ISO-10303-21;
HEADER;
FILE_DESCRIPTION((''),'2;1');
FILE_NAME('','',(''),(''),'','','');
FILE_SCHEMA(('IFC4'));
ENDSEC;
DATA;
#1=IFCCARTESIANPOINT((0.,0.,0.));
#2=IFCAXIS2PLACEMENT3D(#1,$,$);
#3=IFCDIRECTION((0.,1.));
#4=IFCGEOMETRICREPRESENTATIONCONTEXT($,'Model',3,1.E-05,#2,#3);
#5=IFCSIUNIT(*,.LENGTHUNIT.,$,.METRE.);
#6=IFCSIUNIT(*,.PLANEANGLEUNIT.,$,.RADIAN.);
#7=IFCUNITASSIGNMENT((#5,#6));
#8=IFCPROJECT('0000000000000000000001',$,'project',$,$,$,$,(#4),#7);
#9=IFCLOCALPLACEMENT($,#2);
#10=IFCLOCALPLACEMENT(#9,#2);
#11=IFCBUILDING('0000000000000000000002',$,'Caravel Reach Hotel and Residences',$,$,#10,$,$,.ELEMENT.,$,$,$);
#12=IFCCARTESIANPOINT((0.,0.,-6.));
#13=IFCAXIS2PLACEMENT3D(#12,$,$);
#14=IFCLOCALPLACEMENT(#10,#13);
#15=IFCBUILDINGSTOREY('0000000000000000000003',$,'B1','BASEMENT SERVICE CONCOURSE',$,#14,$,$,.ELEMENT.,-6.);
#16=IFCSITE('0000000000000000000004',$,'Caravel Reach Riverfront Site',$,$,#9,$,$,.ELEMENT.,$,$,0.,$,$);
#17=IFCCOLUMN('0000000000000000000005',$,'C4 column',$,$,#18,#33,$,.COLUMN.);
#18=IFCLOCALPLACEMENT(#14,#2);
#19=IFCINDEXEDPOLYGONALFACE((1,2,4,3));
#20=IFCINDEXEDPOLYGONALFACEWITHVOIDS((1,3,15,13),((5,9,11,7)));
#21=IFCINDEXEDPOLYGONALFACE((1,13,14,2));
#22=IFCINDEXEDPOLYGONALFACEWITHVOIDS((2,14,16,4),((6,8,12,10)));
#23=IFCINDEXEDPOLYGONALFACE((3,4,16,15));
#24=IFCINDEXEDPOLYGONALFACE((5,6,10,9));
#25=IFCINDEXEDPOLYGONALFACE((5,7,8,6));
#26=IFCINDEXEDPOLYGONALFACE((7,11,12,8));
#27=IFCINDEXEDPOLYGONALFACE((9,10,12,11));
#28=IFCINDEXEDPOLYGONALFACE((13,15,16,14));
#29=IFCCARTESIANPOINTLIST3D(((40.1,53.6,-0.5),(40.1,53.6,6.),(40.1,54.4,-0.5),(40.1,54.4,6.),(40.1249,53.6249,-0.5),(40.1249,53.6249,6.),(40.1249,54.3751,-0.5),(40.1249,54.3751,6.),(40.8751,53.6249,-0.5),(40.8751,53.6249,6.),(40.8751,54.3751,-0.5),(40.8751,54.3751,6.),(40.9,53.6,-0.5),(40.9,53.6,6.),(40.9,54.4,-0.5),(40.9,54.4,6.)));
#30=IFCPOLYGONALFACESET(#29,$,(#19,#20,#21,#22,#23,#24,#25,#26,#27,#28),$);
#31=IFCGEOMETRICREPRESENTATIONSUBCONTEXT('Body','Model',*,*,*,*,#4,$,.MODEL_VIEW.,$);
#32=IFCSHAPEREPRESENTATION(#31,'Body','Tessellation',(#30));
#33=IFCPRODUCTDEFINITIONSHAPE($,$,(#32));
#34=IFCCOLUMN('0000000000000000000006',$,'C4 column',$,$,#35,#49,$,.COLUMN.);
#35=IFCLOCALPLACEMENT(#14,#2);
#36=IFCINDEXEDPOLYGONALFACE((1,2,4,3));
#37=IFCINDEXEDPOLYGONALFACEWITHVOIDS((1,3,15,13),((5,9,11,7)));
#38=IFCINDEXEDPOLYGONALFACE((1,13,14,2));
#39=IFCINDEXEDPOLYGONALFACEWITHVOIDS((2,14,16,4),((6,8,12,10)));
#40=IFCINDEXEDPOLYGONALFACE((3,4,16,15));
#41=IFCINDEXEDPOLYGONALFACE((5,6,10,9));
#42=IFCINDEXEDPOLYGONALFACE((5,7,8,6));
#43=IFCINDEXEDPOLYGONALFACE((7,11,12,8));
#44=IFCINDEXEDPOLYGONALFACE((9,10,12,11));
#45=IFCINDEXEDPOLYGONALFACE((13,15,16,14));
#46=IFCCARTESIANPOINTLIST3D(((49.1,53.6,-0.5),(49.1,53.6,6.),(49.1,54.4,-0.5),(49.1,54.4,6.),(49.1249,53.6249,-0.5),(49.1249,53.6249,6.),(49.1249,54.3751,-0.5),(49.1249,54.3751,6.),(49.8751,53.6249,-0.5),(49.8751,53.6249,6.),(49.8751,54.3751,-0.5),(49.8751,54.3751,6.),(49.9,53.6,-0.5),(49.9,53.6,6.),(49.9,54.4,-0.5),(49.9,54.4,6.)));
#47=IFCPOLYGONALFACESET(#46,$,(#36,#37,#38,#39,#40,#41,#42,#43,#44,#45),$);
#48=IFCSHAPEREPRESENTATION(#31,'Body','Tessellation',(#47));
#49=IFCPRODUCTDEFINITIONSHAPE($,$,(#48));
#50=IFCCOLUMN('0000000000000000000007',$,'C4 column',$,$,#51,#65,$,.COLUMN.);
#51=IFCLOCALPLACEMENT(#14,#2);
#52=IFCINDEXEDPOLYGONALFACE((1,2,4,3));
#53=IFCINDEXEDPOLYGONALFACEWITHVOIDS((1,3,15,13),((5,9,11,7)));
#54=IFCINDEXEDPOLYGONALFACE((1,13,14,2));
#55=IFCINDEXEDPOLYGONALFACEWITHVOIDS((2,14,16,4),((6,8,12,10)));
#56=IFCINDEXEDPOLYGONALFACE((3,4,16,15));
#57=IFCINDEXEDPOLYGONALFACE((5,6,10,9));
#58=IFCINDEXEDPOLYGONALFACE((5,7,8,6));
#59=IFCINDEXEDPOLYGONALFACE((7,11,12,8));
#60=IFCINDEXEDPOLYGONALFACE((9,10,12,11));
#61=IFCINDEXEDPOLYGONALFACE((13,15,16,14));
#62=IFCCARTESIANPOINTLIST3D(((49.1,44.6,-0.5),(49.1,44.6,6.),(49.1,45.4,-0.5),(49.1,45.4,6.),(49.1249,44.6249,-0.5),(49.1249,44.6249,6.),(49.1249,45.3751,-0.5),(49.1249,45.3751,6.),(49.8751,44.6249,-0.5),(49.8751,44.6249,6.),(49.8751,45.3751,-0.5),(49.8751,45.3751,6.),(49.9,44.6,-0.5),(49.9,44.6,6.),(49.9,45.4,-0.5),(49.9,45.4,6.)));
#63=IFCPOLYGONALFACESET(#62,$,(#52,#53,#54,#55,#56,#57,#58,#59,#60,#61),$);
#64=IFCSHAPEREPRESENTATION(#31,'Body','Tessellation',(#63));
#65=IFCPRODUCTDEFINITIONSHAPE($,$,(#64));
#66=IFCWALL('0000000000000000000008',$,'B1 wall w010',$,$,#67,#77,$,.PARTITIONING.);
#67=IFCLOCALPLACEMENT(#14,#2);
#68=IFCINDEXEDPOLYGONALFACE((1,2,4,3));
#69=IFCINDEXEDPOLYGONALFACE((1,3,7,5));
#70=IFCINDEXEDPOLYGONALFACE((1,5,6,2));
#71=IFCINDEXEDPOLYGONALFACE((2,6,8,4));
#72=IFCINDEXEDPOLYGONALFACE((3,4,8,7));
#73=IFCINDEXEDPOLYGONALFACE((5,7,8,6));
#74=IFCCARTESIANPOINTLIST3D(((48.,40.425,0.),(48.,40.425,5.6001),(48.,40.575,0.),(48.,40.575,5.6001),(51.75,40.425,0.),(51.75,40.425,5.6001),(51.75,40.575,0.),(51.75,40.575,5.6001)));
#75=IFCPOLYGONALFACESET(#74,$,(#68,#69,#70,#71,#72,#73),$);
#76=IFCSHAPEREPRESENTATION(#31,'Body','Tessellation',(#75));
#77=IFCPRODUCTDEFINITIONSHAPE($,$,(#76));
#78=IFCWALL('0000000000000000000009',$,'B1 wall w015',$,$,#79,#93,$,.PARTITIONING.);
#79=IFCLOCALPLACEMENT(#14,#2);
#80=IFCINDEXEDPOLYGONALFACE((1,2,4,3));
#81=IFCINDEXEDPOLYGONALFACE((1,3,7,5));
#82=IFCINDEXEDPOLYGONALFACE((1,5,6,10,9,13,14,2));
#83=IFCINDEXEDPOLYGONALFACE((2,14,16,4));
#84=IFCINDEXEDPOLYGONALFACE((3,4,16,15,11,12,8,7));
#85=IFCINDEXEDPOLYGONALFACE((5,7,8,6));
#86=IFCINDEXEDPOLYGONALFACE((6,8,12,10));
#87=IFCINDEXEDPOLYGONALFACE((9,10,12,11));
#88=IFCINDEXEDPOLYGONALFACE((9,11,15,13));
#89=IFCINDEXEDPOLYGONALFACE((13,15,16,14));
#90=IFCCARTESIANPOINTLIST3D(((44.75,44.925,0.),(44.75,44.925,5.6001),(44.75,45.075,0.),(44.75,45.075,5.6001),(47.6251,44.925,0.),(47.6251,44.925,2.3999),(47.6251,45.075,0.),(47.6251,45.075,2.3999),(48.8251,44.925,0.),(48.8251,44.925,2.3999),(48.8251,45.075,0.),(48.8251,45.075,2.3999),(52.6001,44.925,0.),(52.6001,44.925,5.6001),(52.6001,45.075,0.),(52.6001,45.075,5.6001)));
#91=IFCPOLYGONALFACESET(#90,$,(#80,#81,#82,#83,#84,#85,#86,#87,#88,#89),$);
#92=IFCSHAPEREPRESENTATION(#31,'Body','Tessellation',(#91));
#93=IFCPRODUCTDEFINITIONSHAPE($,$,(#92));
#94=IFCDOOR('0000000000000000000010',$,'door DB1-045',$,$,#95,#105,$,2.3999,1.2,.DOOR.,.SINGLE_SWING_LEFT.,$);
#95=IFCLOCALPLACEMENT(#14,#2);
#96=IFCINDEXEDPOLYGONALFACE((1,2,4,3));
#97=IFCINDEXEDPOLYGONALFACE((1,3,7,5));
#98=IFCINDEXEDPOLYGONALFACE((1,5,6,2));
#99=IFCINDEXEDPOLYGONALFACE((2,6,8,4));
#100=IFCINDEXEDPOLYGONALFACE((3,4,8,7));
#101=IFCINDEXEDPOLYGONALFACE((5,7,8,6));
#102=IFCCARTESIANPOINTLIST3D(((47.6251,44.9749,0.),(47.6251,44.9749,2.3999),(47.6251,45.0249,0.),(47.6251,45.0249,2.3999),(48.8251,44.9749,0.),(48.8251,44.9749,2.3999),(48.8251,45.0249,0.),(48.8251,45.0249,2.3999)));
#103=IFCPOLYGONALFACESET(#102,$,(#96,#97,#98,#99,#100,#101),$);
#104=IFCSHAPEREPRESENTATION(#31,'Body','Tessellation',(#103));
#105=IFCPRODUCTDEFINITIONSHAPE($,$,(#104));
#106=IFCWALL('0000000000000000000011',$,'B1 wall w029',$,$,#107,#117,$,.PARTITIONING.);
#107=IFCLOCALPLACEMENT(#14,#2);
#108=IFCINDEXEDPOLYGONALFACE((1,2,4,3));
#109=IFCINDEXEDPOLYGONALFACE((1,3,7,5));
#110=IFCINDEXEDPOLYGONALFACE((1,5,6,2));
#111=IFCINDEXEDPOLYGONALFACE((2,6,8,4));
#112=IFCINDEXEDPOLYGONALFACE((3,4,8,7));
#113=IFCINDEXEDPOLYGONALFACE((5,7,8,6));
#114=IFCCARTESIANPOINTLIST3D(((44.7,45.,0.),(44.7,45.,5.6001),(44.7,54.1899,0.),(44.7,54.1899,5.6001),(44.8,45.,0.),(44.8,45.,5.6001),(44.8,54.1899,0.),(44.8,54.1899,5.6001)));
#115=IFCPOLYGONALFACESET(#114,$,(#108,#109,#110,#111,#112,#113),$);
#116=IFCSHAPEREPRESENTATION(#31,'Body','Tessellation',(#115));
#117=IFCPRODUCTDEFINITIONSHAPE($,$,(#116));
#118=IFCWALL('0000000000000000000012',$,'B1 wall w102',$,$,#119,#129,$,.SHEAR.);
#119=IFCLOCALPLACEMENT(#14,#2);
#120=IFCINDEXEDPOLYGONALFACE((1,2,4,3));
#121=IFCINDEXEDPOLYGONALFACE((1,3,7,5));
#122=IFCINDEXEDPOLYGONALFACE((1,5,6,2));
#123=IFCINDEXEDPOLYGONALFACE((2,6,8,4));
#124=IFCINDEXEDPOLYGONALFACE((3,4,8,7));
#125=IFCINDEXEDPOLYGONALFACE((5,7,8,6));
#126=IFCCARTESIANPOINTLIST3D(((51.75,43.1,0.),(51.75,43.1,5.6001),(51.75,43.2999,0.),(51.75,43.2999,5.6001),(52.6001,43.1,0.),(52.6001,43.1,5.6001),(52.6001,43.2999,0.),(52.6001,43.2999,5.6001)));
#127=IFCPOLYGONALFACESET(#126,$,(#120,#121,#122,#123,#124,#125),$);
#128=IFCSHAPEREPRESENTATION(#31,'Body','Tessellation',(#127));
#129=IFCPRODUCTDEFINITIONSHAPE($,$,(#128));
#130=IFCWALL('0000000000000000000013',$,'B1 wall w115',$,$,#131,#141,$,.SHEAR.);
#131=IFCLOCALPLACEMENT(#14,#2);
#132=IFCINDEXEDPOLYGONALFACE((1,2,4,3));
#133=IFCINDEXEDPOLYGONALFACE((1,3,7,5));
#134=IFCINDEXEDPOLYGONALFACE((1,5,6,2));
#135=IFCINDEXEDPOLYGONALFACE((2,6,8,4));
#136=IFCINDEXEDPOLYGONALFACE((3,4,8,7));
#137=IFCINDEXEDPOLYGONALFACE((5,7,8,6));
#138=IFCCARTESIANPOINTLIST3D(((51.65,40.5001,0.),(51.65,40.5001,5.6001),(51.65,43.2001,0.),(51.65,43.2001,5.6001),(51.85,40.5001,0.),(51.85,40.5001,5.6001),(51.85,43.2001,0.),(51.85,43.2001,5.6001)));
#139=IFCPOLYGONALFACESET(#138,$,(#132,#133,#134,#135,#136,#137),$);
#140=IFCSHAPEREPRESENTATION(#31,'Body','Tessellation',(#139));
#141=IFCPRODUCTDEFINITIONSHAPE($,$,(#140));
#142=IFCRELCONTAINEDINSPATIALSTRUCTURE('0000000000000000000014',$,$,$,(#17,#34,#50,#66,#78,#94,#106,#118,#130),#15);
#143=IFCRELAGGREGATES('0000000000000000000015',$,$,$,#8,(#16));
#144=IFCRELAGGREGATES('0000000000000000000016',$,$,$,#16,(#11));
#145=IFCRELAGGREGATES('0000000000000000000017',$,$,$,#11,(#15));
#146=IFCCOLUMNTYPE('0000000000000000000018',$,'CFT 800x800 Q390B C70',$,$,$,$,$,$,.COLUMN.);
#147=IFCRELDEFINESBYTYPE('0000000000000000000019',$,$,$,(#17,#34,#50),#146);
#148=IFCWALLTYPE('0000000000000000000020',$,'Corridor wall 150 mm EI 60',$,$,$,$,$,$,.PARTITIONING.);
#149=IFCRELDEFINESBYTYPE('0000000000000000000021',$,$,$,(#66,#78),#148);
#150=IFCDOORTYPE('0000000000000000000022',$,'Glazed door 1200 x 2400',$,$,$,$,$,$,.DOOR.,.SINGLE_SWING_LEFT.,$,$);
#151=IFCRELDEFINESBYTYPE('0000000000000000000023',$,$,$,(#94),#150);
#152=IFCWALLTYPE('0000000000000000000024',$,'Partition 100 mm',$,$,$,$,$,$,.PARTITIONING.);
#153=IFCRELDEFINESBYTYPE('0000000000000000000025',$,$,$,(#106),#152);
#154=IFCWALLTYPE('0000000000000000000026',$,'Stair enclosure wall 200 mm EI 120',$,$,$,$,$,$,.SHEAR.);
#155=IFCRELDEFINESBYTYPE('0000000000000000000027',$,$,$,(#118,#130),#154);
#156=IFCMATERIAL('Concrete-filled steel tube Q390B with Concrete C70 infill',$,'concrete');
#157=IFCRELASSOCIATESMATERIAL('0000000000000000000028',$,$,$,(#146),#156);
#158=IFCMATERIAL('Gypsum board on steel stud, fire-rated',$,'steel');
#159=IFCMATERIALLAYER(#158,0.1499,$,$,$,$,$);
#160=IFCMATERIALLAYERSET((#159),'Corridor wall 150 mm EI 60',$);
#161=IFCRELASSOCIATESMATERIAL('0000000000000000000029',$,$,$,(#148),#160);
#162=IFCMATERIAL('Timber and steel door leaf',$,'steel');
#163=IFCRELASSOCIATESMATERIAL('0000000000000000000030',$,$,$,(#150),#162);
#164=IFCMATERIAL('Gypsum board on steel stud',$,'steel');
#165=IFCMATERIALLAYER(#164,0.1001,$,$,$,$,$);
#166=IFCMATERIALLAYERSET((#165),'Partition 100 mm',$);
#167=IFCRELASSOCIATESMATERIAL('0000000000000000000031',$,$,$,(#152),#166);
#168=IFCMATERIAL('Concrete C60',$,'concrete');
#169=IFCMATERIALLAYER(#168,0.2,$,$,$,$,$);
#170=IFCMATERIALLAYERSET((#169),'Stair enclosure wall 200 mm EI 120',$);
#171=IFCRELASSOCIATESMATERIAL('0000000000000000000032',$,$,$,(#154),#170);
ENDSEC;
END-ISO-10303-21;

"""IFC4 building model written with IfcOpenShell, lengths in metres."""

from ifc_helpers import new_model, si_unit, direction, frame, frame_2d, origin, origin_2d, place, context, subcontext, project, spatial, rectangle, hollow_rectangle, extrude, material, layer, layer_set, material_profile, profile_set, type_object, element, fill, save


model = new_model("IFC4")

# Units and contexts
model_context = context("Model", 3, precision=1e-05, world=origin(), true_north=direction((0.0, 1.0)))
body_context = subcontext(model_context, "Body", "Model", "MODEL_VIEW")
ifc_project = project(units=[si_unit("LENGTHUNIT", "METRE"), si_unit("PLANEANGLEUNIT", "RADIAN")], contexts=[model_context])

# Site, building, storey
site_placement = place(None, origin())
site = spatial("IfcSite", under=ifc_project, at=site_placement, Name="Caravel Reach Riverfront Site", CompositionType="ELEMENT", RefElevation=0.0)
building_placement = place(site_placement, origin())
building = spatial("IfcBuilding", under=site, at=building_placement, Name="Caravel Reach Hotel and Residences", CompositionType="ELEMENT")
storey_placement = place(building_placement, frame((0.0, 0.0, -6.0)))
storey = spatial("IfcBuildingStorey", under=building, at=storey_placement, Name="B1", Description="BASEMENT SERVICE CONCOURSE", CompositionType="ELEMENT", Elevation=-6.0)

# Columns
ifc_material_1 = material(Name="Concrete-filled steel tube Q390B with Concrete C70 infill", Category="concrete")
ifc_material_profile_1 = material_profile(ifc_material_1, hollow_rectangle(XDim=0.8, YDim=0.8, WallThickness=0.0249, at=origin_2d()), Name="RHS 800x800x25")
ifc_profile_set_1 = profile_set([ifc_material_profile_1], Name="Concrete-filled steel tube Q390B with Concrete C70 infill")
column_type_1 = type_object("IfcColumnType", Name="CFT 800x800 Q390B C70", PredefinedType="COLUMN", material=ifc_profile_set_1)
for number, where, z_axis, x_axis, name in (
    (1, (40.5, 54.0, -0.5), (0.0, 0.0, 1.0), (1.0, 0.0, 0.0), "C4 column"),
    (2, (49.5, 54.0, -0.5), (0.0, 0.0, 1.0), (1.0, 0.0, 0.0), "C4 column"),
    (3, (49.5, 45.0, -0.5), (0.0, 0.0, 1.0), (1.0, 0.0, 0.0), "C4 column"),
):
    element("IfcColumn", number, at=place(storey_placement, frame(where, z_axis=z_axis, x_axis=x_axis)), inside=storey, type_object=column_type_1, Name=name, PredefinedType="COLUMN", context=body_context, shape_type="SweptSolid", body=[
        extrude(hollow_rectangle(XDim=0.8, YDim=0.8, WallThickness=0.0249, at=origin_2d()), origin(), (0.0, 0.0, 1.0), 6.5),
    ])

# Wall
ifc_material_2 = material(Name="Gypsum board on steel stud, fire-rated", Category="steel")
ifc_layer_1 = layer(ifc_material_2, 0.1499)
ifc_layer_set_1 = layer_set([ifc_layer_1], Name="Corridor wall 150 mm EI 60")
wall_type_1 = type_object("IfcWallType", Name="Corridor wall 150 mm EI 60", PredefinedType="PARTITIONING", material=ifc_layer_set_1)
wall_1_placement = place(storey_placement, frame((48.0, 40.5, 0.0), z_axis=(0.0, 0.0, 1.0), x_axis=(1.0, 0.0, 0.0)))
element("IfcWall", 4, at=wall_1_placement, inside=storey, type_object=wall_type_1, Name="B1 wall w010", PredefinedType="PARTITIONING", context=body_context, shape_type="SweptSolid", body=[
    extrude(rectangle(XDim=3.75, YDim=0.1499, at=frame_2d((1.875, 0.0))), origin(), (0.0, 0.0, 1.0), 5.6001),
])

# Wall, opening, door
wall_2_placement = place(storey_placement, frame((44.75, 45.0, 0.0), z_axis=(0.0, 0.0, 1.0), x_axis=(1.0, 0.0, 0.0)))
wall_2 = element("IfcWall", 5, at=wall_2_placement, inside=storey, type_object=wall_type_1, Name="B1 wall w015", PredefinedType="PARTITIONING", context=body_context, shape_type="SweptSolid", body=[
    extrude(rectangle(XDim=7.8501, YDim=0.1499, at=frame_2d((3.925, 0.0))), origin(), (0.0, 0.0, 1.0), 5.6001),
])
opening_placement = place(wall_2_placement, frame((2.875, 0.0, 0.0)))
opening = element("IfcOpeningElement", 6, at=opening_placement, cuts=wall_2, PredefinedType="OPENING", context=body_context, shape_type="SweptSolid", body=[
    extrude(rectangle(XDim=1.2, YDim=2.3999, at=frame_2d((0.6001, 1.2))), frame((0.0, 0.085, 0.0), z_axis=(0.0, -1.0, 0.0), x_axis=(1.0, 0.0, 0.0)), (0.0, 0.0, 1.0), 0.1699),
])
ifc_material_3 = material(Name="Timber and steel door leaf", Category="steel")
door_type = type_object("IfcDoorType", Name="Glazed door 1200 x 2400", OperationType="SINGLE_SWING_LEFT", PredefinedType="DOOR", material=ifc_material_3)
door_placement = place(opening_placement, origin())
door = element("IfcDoor", 7, at=door_placement, inside=storey, type_object=door_type, Name="door DB1-045", OperationType="SINGLE_SWING_LEFT", OverallHeight=2.3999, OverallWidth=1.2, PredefinedType="DOOR", context=body_context, shape_type="SweptSolid", body=[
    extrude(rectangle(XDim=1.2, YDim=2.3999, at=frame_2d((0.6001, 1.2))), frame((0.0, 0.0249, 0.0), z_axis=(0.0, -1.0, 0.0), x_axis=(1.0, 0.0, 0.0)), (0.0, 0.0, 1.0), 0.05),
])
fill(opening, door)

# Walls
ifc_material_4 = material(Name="Gypsum board on steel stud", Category="steel")
ifc_layer_2 = layer(ifc_material_4, 0.1001)
ifc_layer_set_2 = layer_set([ifc_layer_2], Name="Partition 100 mm")
wall_type_2 = type_object("IfcWallType", Name="Partition 100 mm", PredefinedType="PARTITIONING", material=ifc_layer_set_2)
wall_3_placement = place(storey_placement, frame((44.75, 45.0, 0.0), z_axis=(0.0, 0.0, 1.0), x_axis=(0.0, 1.0, 0.0)))
element("IfcWall", 8, at=wall_3_placement, inside=storey, type_object=wall_type_2, Name="B1 wall w029", PredefinedType="PARTITIONING", context=body_context, shape_type="SweptSolid", body=[
    extrude(rectangle(XDim=9.1899, YDim=0.1001, at=frame_2d((4.595, 0.0))), origin(), (0.0, 0.0, 1.0), 5.6001),
])
ifc_material_5 = material(Name="Concrete C60", Category="concrete")
ifc_layer_3 = layer(ifc_material_5, 0.2)
ifc_layer_set_3 = layer_set([ifc_layer_3], Name="Stair enclosure wall 200 mm EI 120")
wall_type_3 = type_object("IfcWallType", Name="Stair enclosure wall 200 mm EI 120", PredefinedType="SHEAR", material=ifc_layer_set_3)
wall_4_placement = place(storey_placement, frame((51.75, 43.2, 0.0), z_axis=(0.0, 0.0, 1.0), x_axis=(1.0, 0.0, 0.0)))
element("IfcWall", 9, at=wall_4_placement, inside=storey, type_object=wall_type_3, Name="B1 wall w102", PredefinedType="SHEAR", context=body_context, shape_type="SweptSolid", body=[
    extrude(rectangle(XDim=0.8501, YDim=0.2, at=frame_2d((0.425, 0.0))), origin(), (0.0, 0.0, 1.0), 5.6001),
])
wall_5_placement = place(storey_placement, frame((51.75, 40.5, 0.0), z_axis=(0.0, 0.0, 1.0), x_axis=(0.0, 1.0, 0.0)))
element("IfcWall", 10, at=wall_5_placement, inside=storey, type_object=wall_type_3, Name="B1 wall w115", PredefinedType="SHEAR", context=body_context, shape_type="SweptSolid", body=[
    extrude(rectangle(XDim=2.7, YDim=0.2, at=frame_2d((1.3501, 0.0))), origin(), (0.0, 0.0, 1.0), 5.6001),
])

save(model, "model.ifc")
